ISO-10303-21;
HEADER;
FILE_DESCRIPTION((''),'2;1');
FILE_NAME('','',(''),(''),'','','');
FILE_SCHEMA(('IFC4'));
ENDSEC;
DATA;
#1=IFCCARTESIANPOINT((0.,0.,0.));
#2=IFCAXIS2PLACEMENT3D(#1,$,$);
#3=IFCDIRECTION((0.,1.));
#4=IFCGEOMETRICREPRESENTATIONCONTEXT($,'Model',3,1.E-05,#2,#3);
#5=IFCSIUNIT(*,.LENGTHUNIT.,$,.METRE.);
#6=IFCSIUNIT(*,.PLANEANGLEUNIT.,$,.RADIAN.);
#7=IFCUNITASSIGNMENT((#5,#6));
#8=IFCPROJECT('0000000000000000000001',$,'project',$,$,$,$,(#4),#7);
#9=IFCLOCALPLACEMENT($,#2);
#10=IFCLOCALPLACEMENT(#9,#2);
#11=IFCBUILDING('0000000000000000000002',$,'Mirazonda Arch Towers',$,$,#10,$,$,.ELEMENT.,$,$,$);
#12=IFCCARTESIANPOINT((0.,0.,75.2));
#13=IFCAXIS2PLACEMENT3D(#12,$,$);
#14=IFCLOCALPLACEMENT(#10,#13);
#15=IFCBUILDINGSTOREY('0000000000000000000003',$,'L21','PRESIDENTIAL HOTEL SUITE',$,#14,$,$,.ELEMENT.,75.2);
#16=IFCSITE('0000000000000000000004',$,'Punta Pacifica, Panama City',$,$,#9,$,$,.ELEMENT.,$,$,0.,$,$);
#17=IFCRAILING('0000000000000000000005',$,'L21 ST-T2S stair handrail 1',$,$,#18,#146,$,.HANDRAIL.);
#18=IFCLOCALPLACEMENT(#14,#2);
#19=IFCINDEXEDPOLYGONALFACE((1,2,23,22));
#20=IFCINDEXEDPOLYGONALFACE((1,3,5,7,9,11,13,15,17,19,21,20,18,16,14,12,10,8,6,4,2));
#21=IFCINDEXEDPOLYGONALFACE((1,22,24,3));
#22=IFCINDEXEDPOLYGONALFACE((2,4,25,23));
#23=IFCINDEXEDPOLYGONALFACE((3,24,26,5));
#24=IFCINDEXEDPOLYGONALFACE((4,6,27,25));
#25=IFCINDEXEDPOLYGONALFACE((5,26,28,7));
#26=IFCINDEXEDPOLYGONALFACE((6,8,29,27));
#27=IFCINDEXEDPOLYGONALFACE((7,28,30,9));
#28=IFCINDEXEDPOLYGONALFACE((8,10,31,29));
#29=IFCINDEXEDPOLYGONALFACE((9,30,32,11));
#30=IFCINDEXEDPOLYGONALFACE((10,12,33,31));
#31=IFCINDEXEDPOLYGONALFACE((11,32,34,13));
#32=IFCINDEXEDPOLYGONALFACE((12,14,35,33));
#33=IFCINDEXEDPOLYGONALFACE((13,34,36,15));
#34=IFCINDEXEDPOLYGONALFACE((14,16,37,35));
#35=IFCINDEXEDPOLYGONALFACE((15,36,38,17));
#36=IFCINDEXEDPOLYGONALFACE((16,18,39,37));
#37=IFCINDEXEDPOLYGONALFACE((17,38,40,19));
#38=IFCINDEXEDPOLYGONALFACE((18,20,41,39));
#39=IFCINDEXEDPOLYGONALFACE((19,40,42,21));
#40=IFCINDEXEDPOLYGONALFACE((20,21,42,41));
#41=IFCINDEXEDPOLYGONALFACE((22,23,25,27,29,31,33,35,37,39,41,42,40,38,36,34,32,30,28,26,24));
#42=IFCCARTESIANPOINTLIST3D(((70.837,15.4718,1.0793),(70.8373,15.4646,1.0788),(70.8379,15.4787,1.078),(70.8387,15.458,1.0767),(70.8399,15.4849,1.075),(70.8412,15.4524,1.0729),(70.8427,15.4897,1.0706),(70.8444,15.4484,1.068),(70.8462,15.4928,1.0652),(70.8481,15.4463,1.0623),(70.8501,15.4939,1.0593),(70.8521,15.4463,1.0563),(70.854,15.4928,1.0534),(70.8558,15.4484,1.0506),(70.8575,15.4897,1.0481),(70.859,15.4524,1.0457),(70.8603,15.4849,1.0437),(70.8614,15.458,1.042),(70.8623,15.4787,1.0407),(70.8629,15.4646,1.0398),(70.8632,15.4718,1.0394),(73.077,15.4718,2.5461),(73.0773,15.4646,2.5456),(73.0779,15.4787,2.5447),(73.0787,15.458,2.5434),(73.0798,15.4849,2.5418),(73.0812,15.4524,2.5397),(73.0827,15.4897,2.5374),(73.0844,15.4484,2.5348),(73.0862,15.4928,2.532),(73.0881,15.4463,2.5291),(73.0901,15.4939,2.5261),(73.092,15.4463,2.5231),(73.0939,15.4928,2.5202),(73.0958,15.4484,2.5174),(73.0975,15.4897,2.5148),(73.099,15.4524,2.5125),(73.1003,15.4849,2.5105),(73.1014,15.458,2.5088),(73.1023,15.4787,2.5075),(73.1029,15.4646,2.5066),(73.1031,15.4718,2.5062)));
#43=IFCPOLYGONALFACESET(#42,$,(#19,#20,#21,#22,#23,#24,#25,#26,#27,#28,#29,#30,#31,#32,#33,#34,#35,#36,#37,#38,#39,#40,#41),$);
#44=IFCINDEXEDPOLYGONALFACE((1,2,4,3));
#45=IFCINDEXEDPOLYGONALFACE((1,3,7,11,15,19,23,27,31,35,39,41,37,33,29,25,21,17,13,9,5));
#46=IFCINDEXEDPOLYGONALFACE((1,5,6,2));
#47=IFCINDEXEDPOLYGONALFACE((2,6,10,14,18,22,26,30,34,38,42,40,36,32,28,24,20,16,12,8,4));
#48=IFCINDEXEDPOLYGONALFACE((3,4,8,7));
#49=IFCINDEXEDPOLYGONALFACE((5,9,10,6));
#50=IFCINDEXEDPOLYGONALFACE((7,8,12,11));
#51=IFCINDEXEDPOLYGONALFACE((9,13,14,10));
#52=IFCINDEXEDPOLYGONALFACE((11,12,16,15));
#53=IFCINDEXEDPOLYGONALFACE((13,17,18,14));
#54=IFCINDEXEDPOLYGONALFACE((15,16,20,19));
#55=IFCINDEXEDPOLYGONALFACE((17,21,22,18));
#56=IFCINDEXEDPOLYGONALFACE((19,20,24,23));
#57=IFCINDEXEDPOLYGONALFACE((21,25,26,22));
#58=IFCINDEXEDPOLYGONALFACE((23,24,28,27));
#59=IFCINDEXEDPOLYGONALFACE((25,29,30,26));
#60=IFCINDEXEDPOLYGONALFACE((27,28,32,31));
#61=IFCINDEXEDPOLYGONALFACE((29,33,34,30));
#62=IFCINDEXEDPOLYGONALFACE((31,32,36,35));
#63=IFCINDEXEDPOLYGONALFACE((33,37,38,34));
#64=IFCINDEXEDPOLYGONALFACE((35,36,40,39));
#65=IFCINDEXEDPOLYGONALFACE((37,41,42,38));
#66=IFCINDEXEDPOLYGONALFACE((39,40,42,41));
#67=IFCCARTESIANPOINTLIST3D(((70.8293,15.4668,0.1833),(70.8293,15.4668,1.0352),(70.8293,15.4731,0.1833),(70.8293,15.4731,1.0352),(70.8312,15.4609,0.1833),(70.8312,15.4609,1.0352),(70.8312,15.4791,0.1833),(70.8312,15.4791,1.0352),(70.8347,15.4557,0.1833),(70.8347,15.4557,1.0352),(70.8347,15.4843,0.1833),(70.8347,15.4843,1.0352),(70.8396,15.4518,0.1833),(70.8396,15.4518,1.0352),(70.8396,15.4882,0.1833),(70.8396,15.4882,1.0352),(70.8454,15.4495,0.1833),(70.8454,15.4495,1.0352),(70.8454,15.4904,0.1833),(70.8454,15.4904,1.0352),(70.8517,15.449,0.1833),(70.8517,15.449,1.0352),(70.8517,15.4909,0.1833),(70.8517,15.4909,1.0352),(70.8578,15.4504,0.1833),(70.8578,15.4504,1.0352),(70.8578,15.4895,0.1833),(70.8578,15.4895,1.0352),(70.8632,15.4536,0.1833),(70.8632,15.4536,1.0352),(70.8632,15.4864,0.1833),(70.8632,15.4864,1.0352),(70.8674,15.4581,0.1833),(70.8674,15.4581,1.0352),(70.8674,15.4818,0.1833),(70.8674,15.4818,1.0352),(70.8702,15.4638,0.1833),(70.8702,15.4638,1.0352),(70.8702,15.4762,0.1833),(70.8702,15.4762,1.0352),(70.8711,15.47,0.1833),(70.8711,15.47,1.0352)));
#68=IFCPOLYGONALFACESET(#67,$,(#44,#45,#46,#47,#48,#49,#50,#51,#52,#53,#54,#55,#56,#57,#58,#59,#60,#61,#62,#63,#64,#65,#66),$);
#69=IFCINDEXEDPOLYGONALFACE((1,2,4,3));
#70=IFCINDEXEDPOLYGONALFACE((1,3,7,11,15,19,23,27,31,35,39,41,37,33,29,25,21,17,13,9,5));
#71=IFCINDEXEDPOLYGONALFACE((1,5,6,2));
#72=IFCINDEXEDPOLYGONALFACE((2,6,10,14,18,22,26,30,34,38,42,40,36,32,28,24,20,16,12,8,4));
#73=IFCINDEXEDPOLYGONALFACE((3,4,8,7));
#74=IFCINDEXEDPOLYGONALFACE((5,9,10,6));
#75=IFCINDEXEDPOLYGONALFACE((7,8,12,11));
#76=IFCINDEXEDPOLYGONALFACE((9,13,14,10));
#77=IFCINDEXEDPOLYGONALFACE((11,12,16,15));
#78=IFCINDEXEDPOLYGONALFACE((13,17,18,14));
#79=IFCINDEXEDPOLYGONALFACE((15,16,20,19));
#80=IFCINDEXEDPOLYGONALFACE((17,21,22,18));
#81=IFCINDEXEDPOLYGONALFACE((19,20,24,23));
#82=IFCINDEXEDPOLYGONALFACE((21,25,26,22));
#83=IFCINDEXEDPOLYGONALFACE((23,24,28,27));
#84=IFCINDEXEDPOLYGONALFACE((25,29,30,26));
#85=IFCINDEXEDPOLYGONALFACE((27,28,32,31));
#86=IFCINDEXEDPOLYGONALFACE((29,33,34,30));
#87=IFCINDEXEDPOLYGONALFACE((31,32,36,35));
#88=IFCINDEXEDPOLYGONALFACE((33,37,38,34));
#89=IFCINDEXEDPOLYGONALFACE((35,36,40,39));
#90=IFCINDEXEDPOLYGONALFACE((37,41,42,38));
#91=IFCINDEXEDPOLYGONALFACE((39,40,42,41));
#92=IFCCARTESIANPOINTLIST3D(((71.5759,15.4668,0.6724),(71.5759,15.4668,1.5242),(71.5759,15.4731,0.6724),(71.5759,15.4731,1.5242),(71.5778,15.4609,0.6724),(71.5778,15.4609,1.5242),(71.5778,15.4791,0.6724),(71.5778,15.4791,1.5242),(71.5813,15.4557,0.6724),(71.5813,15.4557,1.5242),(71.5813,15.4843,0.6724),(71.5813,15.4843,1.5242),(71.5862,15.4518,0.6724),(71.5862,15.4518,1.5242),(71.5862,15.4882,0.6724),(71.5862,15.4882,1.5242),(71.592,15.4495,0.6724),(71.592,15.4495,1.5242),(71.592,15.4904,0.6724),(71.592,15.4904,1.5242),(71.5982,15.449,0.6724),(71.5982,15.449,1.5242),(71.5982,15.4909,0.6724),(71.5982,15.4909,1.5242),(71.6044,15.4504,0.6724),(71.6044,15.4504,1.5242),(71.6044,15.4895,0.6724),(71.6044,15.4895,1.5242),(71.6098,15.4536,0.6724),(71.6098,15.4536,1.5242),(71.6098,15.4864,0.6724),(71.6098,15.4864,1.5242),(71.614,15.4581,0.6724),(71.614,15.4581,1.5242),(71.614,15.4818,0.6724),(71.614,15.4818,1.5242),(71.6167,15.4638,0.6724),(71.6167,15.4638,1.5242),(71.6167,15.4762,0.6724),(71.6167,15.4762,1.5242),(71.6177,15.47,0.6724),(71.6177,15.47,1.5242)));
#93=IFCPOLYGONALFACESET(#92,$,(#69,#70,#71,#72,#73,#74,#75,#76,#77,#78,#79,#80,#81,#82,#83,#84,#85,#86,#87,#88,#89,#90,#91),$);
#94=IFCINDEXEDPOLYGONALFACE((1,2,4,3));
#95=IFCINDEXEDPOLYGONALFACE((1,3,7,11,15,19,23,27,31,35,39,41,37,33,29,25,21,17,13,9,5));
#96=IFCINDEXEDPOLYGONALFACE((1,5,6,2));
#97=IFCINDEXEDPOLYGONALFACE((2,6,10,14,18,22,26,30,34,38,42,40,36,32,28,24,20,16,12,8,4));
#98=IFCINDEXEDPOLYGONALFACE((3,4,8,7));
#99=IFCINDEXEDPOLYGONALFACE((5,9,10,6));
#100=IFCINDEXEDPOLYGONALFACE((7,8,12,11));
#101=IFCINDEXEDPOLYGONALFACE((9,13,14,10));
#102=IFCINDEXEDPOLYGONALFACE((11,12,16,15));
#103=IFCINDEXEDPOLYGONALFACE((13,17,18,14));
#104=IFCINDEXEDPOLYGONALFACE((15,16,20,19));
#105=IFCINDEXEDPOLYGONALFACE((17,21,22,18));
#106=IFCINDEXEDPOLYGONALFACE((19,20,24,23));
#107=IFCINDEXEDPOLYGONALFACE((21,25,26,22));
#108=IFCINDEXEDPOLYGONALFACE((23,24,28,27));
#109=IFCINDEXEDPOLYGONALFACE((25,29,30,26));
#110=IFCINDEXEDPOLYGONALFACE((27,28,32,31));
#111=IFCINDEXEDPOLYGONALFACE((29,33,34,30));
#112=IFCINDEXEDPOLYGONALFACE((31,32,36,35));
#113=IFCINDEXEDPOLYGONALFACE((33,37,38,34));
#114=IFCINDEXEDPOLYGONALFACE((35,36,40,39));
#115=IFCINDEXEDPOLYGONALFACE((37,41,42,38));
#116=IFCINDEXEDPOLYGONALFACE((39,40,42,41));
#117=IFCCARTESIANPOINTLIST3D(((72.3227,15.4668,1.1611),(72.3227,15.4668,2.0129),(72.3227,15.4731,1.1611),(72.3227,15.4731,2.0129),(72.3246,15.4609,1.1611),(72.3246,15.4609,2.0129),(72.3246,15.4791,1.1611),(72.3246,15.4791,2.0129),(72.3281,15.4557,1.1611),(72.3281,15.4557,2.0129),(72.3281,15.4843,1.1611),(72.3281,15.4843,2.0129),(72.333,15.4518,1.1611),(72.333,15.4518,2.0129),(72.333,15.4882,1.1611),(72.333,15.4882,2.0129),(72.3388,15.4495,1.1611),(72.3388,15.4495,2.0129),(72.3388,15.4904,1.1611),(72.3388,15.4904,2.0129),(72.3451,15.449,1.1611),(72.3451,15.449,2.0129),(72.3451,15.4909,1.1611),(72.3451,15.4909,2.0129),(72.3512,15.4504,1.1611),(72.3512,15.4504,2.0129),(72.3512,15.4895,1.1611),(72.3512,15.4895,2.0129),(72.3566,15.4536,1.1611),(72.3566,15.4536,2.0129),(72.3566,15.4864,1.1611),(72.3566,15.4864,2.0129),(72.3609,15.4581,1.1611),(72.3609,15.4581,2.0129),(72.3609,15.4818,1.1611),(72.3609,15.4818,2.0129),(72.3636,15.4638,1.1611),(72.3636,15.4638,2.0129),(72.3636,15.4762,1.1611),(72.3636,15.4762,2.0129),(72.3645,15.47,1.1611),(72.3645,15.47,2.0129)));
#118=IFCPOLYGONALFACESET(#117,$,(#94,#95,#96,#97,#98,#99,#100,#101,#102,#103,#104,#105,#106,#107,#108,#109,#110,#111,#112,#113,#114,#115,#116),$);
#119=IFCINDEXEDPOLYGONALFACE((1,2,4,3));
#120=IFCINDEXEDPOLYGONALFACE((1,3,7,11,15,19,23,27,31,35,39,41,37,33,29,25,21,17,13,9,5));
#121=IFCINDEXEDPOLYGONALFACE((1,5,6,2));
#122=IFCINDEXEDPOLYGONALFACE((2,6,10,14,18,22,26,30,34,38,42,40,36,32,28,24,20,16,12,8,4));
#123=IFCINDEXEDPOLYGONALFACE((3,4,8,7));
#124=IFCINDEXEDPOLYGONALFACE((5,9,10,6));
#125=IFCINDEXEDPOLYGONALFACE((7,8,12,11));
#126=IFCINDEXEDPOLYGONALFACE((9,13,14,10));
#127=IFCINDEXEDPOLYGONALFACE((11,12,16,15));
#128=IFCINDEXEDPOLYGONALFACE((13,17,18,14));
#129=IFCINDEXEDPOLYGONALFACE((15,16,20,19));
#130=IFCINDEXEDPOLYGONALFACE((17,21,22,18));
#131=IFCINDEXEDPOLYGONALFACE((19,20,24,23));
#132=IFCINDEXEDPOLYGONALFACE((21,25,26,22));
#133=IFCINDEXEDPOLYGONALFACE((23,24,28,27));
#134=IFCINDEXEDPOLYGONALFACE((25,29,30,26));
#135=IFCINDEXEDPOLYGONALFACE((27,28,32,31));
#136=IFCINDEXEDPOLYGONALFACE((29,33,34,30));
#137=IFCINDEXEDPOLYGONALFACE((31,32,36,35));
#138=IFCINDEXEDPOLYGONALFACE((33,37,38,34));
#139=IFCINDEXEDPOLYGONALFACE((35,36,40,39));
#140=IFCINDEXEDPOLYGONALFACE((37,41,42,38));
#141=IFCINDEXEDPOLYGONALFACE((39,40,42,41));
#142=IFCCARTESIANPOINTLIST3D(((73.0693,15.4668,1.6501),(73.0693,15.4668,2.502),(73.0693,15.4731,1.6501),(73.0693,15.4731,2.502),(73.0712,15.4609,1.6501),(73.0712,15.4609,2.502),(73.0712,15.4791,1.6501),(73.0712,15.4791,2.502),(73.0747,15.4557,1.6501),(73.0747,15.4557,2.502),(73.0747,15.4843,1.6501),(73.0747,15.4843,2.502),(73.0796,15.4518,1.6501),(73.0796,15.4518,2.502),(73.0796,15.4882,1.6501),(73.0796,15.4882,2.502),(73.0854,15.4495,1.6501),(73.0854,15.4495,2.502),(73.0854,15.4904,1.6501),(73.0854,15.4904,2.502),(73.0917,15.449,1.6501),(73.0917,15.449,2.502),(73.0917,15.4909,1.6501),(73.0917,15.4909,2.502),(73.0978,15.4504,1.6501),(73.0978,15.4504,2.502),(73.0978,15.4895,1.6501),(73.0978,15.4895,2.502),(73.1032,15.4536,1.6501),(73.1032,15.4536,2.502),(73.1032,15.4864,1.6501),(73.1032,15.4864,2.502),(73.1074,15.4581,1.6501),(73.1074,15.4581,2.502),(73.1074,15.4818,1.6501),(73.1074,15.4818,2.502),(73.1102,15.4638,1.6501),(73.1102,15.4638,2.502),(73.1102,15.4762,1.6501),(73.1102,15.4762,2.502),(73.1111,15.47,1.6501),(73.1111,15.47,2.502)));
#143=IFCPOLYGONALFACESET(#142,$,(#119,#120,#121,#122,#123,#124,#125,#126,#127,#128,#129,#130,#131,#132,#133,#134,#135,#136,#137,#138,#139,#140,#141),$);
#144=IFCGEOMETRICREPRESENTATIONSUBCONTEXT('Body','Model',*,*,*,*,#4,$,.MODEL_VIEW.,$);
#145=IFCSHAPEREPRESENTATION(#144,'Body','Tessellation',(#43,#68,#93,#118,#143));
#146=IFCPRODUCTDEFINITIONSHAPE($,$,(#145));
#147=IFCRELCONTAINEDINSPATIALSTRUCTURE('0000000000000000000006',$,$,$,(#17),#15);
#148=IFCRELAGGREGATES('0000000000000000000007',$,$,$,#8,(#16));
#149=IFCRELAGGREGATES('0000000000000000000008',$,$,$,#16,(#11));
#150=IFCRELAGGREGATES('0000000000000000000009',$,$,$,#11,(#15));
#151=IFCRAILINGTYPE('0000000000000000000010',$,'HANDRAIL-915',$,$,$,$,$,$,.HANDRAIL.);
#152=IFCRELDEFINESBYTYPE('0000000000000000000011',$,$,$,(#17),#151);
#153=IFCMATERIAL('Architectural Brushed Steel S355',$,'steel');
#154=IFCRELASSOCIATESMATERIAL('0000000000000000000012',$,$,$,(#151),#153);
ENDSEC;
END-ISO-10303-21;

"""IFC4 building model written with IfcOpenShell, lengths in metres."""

from ifc_helpers import new_model, si_unit, direction, frame, origin, origin_2d, place, context, subcontext, project, spatial, circle, extrude, material, type_object, element, save


model = new_model("IFC4")

# Units and contexts
model_context = context("Model", 3, precision=1e-05, world=origin(), true_north=direction((0.0, 1.0)))
body_context = subcontext(model_context, "Body", "Model", "MODEL_VIEW")
ifc_project = project(units=[si_unit("LENGTHUNIT", "METRE"), si_unit("PLANEANGLEUNIT", "RADIAN")], contexts=[model_context])

# Site, building, storey
site_placement = place(None, origin())
site = spatial("IfcSite", under=ifc_project, at=site_placement, Name="Punta Pacifica, Panama City", CompositionType="ELEMENT", RefElevation=0.0)
building_placement = place(site_placement, origin())
building = spatial("IfcBuilding", under=site, at=building_placement, Name="Mirazonda Arch Towers", CompositionType="ELEMENT")
storey_placement = place(building_placement, frame((0.0, 0.0, 75.2)))
storey = spatial("IfcBuildingStorey", under=building, at=storey_placement, Name="L21", Description="PRESIDENTIAL HOTEL SUITE", CompositionType="ELEMENT", Elevation=75.2)

# Shared definitions
ifc_material_1 = material(Name="Architectural Brushed Steel S355", Category="steel")

# Railing
railing_type_1 = type_object("IfcRailingType", Name="HANDRAIL-915", PredefinedType="HANDRAIL", material=ifc_material_1)
railing_1_placement = place(storey_placement, frame((70.8501, 15.47, 0.1833)))
element("IfcRailing", 1, at=railing_1_placement, inside=storey, type_object=railing_type_1, Name="L21 ST-T2S stair handrail 1", PredefinedType="HANDRAIL", context=body_context, shape_type="SweptSolid", body=[
    extrude(circle(Radius=0.0239, at=origin_2d()), frame((0.0, 0.0, 0.876), z_axis=(0.836595, 0.0, 0.547822), x_axis=(0.0, 1.0, 0.0)), (0.0, 0.0, 1.0), 2.6775),
    extrude(circle(Radius=0.021, at=origin_2d()), origin(), (0.0, 0.0, 1.0), 0.8518),
    extrude(circle(Radius=0.021, at=origin_2d()), frame((0.7466, 0.0, 0.489)), (0.0, 0.0, 1.0), 0.8518),
    extrude(circle(Radius=0.021, at=origin_2d()), frame((1.4934, 0.0, 0.9778)), (0.0, 0.0, 1.0), 0.8518),
    extrude(circle(Radius=0.021, at=origin_2d()), frame((2.24, 0.0, 1.4668)), (0.0, 0.0, 1.0), 0.8518),
])

save(model, "model.ifc")
